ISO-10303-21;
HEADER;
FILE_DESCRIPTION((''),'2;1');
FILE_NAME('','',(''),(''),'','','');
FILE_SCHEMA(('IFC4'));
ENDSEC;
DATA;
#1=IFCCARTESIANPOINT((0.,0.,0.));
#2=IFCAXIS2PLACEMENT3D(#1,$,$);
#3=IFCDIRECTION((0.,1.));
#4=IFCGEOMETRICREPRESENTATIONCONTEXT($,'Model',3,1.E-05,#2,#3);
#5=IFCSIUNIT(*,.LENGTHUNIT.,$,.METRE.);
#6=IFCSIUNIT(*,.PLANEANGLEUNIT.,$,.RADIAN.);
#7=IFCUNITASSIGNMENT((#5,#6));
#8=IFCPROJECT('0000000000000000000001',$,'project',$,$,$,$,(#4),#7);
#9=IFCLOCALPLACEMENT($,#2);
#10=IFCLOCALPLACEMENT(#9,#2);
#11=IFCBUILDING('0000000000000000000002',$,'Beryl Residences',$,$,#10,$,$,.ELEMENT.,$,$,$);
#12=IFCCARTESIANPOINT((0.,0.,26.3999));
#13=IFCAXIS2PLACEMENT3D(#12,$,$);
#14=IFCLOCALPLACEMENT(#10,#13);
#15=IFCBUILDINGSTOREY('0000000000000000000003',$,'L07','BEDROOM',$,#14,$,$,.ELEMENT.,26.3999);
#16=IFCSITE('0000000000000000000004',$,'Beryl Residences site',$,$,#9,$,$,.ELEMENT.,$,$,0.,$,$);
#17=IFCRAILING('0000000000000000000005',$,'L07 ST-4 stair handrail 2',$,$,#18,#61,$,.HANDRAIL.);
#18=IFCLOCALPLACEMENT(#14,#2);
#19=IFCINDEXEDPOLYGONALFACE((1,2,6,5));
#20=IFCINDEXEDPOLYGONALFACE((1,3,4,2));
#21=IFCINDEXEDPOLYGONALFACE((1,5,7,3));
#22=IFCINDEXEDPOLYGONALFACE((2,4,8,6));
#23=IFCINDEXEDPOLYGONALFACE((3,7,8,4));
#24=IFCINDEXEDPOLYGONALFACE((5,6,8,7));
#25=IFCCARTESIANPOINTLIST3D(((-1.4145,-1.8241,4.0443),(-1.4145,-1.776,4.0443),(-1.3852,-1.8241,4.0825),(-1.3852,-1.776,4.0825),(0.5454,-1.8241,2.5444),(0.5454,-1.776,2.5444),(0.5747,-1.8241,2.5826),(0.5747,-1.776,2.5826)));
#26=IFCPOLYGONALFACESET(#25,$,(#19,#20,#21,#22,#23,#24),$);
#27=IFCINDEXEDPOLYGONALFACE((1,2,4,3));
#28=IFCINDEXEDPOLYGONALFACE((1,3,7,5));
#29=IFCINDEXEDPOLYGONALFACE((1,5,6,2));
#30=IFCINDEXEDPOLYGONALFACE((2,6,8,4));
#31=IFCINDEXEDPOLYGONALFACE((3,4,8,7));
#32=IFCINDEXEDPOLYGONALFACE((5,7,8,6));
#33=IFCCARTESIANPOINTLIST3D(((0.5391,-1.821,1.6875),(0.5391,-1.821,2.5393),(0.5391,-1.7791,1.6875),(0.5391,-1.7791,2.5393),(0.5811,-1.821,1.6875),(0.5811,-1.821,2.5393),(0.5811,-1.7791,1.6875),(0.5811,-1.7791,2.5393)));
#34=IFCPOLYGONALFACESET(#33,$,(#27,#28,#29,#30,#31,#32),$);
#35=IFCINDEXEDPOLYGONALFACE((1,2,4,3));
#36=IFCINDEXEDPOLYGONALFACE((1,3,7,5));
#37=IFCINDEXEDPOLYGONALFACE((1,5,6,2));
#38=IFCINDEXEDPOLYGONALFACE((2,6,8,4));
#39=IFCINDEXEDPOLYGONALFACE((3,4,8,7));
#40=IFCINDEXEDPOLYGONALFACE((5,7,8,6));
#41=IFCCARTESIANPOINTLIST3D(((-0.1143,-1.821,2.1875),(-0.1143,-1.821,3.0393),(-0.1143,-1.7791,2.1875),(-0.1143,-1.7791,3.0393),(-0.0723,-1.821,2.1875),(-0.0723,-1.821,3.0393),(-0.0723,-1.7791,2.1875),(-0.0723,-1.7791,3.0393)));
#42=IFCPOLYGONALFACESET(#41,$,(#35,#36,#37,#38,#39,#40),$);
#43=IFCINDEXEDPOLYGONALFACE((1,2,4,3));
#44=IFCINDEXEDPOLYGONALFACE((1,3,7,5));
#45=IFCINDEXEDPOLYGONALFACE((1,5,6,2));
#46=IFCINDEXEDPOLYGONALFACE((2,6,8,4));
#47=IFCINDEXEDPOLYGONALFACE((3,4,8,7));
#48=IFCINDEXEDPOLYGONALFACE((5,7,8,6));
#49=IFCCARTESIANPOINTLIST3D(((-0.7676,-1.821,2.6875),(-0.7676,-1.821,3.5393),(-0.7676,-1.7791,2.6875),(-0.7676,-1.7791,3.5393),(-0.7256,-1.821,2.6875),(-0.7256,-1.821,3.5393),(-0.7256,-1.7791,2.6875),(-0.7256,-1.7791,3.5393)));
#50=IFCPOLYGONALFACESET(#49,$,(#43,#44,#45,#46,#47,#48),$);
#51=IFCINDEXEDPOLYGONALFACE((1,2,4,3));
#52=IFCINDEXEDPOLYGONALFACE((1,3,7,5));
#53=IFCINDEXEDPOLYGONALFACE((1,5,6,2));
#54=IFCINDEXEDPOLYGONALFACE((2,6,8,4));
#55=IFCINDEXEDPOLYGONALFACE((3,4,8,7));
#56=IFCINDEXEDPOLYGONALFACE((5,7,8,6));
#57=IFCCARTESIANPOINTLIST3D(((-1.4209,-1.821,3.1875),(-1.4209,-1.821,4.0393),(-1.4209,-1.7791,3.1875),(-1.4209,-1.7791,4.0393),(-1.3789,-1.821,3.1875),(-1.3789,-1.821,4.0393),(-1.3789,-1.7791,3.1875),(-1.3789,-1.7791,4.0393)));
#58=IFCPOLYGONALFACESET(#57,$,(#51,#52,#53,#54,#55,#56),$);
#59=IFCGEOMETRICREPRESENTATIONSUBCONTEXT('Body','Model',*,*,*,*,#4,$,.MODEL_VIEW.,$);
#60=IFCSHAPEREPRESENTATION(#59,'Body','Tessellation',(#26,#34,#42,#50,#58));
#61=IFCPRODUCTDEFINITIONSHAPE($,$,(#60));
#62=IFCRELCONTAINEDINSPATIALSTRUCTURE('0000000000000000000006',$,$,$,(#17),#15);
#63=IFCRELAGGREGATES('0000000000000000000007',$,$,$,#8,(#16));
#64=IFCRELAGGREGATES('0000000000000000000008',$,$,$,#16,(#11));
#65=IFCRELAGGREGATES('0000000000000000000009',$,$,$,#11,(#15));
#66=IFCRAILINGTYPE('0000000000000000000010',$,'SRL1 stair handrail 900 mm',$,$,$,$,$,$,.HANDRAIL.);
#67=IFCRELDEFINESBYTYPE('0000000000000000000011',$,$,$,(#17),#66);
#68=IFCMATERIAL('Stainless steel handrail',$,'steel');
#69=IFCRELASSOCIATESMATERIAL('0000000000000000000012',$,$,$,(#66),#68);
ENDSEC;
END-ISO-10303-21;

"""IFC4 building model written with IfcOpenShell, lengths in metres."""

from ifc_helpers import new_model, si_unit, direction, frame, origin, origin_2d, place, context, subcontext, project, spatial, rectangle, extrude, material, type_object, element, save


model = new_model("IFC4")

# Units and contexts
model_context = context("Model", 3, precision=1e-05, world=origin(), true_north=direction((0.0, 1.0)))
body_context = subcontext(model_context, "Body", "Model", "MODEL_VIEW")
ifc_project = project(units=[si_unit("LENGTHUNIT", "METRE"), si_unit("PLANEANGLEUNIT", "RADIAN")], contexts=[model_context])

# Site, building, storey
site_placement = place(None, origin())
site = spatial("IfcSite", under=ifc_project, at=site_placement, Name="Beryl Residences site", CompositionType="ELEMENT", RefElevation=0.0)
building_placement = place(site_placement, origin())
building = spatial("IfcBuilding", under=site, at=building_placement, Name="Beryl Residences", CompositionType="ELEMENT")
storey_placement = place(building_placement, frame((0.0, 0.0, 26.3999)))
storey = spatial("IfcBuildingStorey", under=building, at=storey_placement, Name="L07", Description="BEDROOM", CompositionType="ELEMENT", Elevation=26.3999)

# Railing
ifc_material_1 = material(Name="Stainless steel handrail", Category="steel")
railing_type_1 = type_object("IfcRailingType", Name="SRL1 stair handrail 900 mm", PredefinedType="HANDRAIL", material=ifc_material_1)
railing_1_placement = place(storey_placement, frame((0.5601, -1.8, 1.6875)))
element("IfcRailing", 1, at=railing_1_placement, inside=storey, type_object=railing_type_1, Name="L07 ST-4 stair handrail 2", PredefinedType="HANDRAIL", context=body_context, shape_type="SweptSolid", body=[
    extrude(rectangle(XDim=0.0481, YDim=0.0481, at=origin_2d()), frame((0.0, 0.0, 0.876), z_axis=(-0.794122, 0.0, 0.607758), x_axis=(0.0, -1.0, 0.0)), (0.0, 0.0, 1.0), 2.468),
    extrude(rectangle(XDim=0.042, YDim=0.042, at=origin_2d()), origin(), (0.0, 0.0, 1.0), 0.8518),
    extrude(rectangle(XDim=0.042, YDim=0.042, at=origin_2d()), frame((-0.6533, 0.0, 0.5)), (0.0, 0.0, 1.0), 0.8518),
    extrude(rectangle(XDim=0.042, YDim=0.042, at=origin_2d()), frame((-1.3066, 0.0, 1.0)), (0.0, 0.0, 1.0), 0.8518),
    extrude(rectangle(XDim=0.042, YDim=0.042, at=origin_2d()), frame((-1.96, 0.0, 1.5)), (0.0, 0.0, 1.0), 0.8518),
])

save(model, "model.ifc")
